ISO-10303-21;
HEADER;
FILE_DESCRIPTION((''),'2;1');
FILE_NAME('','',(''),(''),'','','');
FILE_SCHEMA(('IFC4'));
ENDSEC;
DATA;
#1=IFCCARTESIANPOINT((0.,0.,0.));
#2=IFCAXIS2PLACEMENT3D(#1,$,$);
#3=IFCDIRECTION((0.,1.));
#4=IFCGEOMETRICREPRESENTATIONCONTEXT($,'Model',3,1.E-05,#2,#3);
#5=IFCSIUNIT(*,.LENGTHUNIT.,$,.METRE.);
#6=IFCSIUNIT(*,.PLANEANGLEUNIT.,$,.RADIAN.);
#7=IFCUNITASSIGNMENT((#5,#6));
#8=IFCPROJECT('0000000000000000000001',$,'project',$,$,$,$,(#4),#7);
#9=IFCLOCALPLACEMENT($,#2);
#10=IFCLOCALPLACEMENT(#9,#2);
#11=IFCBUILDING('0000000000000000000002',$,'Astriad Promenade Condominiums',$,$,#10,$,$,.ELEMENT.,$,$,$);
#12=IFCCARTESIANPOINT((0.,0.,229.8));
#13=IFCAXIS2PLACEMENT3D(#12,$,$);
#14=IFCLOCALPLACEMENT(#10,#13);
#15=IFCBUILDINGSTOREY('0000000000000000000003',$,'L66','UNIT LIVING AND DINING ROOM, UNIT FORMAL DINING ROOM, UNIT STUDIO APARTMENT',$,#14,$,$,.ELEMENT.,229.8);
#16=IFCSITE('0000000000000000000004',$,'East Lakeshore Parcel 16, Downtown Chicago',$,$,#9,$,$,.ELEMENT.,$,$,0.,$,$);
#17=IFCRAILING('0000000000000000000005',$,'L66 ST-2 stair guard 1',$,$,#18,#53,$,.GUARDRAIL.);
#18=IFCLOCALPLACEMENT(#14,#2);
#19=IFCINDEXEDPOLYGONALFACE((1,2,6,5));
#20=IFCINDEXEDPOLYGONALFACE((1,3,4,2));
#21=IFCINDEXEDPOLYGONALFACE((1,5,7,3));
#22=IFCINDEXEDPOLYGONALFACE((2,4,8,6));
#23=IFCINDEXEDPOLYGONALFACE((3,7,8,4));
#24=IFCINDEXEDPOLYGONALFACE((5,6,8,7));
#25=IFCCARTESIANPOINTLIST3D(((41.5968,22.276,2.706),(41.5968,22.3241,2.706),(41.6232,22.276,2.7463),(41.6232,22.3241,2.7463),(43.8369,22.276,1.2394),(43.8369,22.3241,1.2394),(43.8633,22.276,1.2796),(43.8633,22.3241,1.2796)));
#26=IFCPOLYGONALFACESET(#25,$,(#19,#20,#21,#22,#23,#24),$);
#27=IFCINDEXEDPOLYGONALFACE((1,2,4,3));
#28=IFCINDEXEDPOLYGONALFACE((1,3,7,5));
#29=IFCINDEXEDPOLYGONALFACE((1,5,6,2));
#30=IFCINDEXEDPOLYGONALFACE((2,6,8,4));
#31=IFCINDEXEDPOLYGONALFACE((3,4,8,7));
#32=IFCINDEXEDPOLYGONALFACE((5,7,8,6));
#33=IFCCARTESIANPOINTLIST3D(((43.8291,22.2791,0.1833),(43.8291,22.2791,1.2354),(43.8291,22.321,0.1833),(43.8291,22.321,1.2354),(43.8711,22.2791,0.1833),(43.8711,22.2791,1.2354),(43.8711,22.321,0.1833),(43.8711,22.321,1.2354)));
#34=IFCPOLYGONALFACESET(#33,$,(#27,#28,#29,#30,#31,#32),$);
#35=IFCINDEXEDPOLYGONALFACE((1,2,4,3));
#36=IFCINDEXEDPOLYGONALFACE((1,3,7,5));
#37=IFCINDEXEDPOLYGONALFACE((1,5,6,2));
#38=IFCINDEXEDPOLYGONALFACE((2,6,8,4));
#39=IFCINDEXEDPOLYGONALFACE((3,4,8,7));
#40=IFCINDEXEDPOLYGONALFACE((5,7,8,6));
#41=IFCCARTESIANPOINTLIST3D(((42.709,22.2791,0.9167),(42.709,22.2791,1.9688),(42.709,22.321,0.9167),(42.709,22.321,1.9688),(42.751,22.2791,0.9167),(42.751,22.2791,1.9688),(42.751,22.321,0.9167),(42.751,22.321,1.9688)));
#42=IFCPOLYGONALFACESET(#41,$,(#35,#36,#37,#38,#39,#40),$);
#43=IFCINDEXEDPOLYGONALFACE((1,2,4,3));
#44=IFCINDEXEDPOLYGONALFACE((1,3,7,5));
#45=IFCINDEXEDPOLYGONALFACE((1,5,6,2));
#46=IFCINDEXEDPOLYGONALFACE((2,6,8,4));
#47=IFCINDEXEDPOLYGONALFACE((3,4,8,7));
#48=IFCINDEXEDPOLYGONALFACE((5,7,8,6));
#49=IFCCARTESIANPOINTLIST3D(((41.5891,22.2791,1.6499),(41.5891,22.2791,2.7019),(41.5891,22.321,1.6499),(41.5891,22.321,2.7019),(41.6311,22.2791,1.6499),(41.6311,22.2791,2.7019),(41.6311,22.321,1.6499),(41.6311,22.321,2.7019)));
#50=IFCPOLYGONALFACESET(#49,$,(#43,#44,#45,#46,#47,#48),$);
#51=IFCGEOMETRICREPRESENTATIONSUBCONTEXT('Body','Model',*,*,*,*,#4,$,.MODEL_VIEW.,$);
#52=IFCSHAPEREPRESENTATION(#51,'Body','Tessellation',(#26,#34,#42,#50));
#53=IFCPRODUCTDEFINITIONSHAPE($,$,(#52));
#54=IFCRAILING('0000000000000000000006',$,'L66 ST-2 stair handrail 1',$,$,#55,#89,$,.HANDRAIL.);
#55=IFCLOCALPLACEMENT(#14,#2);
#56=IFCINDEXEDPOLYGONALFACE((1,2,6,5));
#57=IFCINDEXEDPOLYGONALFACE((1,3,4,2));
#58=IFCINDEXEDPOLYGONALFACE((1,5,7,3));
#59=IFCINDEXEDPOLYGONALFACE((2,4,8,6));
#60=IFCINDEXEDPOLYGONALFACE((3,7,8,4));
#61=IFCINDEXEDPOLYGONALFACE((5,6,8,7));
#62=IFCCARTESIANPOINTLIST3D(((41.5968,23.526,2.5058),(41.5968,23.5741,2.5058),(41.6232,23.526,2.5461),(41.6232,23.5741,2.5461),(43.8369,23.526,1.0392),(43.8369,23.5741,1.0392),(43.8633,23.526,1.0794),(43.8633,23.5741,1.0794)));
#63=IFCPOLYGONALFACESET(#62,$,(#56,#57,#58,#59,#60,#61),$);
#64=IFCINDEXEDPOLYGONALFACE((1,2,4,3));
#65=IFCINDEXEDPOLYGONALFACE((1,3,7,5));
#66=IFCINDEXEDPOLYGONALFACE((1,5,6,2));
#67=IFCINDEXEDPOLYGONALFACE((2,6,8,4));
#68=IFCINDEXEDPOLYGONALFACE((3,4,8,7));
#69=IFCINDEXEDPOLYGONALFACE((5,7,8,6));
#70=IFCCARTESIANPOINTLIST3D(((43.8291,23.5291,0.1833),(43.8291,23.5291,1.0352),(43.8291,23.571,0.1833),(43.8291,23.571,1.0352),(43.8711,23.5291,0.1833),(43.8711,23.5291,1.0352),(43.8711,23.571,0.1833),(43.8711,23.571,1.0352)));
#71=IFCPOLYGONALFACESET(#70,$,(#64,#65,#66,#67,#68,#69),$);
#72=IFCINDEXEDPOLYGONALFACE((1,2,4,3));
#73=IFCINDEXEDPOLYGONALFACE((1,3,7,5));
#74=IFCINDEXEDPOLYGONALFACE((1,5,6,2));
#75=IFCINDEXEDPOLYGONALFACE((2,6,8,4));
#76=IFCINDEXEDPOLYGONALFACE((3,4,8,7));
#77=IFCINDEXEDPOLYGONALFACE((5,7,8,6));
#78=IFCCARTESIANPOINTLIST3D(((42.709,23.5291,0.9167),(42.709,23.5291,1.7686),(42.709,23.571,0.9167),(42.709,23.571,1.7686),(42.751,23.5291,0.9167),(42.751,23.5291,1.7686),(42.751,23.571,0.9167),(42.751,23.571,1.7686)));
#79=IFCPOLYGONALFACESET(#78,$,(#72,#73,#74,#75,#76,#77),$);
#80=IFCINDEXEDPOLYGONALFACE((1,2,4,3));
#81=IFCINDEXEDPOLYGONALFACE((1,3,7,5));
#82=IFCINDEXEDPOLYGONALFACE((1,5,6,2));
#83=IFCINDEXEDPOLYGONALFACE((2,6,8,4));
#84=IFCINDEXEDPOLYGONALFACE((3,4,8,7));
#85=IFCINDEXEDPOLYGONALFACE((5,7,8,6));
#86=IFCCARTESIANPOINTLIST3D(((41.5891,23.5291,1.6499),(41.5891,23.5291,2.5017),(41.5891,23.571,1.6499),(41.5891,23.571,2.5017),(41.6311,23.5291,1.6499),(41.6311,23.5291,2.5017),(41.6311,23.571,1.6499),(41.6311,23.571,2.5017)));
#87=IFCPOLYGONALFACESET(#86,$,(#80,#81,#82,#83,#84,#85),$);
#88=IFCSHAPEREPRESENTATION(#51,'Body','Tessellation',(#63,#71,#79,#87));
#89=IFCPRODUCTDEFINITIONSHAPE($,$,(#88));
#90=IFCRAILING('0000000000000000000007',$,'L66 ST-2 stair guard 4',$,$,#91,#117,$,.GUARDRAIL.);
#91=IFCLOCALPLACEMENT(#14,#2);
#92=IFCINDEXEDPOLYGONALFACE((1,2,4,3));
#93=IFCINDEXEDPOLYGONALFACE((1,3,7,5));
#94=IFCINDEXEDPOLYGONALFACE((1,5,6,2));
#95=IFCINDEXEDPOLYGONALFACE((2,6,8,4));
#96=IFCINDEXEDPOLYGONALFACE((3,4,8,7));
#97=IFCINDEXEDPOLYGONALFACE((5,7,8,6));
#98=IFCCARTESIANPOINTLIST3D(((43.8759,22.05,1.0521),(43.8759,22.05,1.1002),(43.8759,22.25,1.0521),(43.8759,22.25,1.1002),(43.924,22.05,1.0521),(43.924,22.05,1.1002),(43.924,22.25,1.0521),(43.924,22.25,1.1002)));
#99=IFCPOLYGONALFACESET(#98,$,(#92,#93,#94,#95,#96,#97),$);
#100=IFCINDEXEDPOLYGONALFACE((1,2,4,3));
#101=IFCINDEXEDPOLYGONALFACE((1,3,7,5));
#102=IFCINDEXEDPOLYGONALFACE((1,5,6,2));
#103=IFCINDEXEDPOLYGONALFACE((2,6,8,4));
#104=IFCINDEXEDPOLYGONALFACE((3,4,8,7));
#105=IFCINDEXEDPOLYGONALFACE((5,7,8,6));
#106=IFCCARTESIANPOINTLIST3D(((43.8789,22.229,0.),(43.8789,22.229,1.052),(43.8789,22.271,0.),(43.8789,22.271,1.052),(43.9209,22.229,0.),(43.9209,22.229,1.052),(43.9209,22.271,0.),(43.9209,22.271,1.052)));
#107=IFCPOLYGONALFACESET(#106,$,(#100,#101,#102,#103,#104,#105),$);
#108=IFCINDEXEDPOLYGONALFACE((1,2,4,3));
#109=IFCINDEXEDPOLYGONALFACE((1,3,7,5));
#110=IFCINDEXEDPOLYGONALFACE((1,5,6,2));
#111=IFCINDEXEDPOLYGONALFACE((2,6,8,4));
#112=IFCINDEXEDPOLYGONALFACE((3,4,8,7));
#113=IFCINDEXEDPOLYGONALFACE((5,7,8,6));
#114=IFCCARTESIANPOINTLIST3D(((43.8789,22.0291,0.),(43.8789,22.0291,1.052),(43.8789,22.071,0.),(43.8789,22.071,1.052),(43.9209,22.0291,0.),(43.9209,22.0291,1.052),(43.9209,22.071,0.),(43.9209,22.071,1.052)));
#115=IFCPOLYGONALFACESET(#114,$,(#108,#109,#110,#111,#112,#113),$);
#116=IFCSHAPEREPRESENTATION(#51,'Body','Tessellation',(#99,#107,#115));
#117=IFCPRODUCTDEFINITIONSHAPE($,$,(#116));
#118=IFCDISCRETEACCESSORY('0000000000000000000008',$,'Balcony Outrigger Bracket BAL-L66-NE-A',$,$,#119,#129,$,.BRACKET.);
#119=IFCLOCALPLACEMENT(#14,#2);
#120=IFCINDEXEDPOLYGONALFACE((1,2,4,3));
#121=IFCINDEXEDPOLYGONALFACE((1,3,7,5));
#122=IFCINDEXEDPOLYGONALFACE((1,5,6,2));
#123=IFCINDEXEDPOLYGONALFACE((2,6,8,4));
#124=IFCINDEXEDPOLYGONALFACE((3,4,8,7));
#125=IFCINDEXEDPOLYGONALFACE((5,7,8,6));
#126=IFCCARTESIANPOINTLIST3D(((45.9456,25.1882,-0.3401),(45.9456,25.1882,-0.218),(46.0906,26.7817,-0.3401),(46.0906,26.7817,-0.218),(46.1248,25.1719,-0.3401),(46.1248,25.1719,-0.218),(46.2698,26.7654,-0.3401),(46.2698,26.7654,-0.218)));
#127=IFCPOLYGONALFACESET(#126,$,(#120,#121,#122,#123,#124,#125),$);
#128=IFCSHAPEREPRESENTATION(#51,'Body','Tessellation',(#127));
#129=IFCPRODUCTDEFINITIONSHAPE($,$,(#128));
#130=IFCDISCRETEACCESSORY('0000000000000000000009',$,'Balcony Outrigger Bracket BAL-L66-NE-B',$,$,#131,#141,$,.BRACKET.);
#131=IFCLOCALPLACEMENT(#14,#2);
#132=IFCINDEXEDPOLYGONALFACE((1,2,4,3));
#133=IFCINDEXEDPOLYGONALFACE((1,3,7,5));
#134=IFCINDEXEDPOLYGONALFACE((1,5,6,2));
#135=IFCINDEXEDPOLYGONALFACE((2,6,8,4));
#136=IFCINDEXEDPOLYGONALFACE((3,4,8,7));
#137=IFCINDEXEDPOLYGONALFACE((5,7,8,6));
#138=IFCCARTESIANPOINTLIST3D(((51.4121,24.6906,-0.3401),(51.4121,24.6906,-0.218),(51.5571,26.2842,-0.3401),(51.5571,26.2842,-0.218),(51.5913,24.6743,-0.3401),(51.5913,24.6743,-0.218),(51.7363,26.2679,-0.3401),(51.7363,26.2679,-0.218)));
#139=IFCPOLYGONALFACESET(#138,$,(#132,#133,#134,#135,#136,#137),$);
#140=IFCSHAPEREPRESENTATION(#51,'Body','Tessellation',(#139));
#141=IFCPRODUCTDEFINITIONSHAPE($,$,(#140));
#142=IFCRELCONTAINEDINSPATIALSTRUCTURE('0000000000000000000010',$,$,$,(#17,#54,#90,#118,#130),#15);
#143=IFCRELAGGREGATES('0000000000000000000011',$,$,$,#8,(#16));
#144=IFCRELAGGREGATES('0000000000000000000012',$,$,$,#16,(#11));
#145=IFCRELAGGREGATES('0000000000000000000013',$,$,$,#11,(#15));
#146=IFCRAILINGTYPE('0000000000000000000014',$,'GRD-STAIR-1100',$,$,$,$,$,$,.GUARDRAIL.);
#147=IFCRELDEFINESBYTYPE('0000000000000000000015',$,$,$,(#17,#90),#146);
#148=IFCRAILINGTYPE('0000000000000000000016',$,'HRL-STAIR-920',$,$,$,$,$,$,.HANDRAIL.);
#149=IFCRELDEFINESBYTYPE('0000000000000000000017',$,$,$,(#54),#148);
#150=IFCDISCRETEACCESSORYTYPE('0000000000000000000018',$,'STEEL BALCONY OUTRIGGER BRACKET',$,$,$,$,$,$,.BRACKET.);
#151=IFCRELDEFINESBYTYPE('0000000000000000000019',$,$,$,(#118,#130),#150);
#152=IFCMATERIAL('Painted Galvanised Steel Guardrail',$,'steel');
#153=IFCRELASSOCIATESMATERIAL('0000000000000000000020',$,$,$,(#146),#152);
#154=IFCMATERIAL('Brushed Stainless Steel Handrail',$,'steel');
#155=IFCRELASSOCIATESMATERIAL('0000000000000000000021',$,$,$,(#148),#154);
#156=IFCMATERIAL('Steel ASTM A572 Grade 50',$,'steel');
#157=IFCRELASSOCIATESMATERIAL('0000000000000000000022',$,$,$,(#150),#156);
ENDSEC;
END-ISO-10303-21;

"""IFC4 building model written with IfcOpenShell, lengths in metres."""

from ifc_helpers import new_model, si_unit, direction, frame, origin, origin_2d, place, context, subcontext, project, spatial, rectangle, extrude, source, transform, mapped, material, type_object, type_shapes, element, save


model = new_model("IFC4")

# Units and contexts
model_context = context("Model", 3, precision=1e-05, world=origin(), true_north=direction((0.0, 1.0)))
body_context = subcontext(model_context, "Body", "Model", "MODEL_VIEW")
ifc_project = project(units=[si_unit("LENGTHUNIT", "METRE"), si_unit("PLANEANGLEUNIT", "RADIAN")], contexts=[model_context])

# Site, building, storey
site_placement = place(None, origin())
site = spatial("IfcSite", under=ifc_project, at=site_placement, Name="East Lakeshore Parcel 16, Downtown Chicago", CompositionType="ELEMENT", RefElevation=0.0)
building_placement = place(site_placement, origin())
building = spatial("IfcBuilding", under=site, at=building_placement, Name="Astriad Promenade Condominiums", CompositionType="ELEMENT")
storey_placement = place(building_placement, frame((0.0, 0.0, 229.8)))
storey = spatial("IfcBuildingStorey", under=building, at=storey_placement, Name="L66", Description="UNIT LIVING AND DINING ROOM, UNIT FORMAL DINING ROOM, UNIT STUDIO APARTMENT", CompositionType="ELEMENT", Elevation=229.8)

# Railings
ifc_material_1 = material(Name="Painted Galvanised Steel Guardrail", Category="steel")
railing_type_1 = type_object("IfcRailingType", Name="GRD-STAIR-1100", PredefinedType="GUARDRAIL", material=ifc_material_1)
shared_shape_1 = source(origin(), body_context, "Body", "SweptSolid", [
    extrude(rectangle(XDim=0.0481, YDim=0.0481, at=origin_2d()), frame((0.0, 0.0, 1.0762), z_axis=(-0.836637, 0.0, 0.547758), x_axis=(0.0, -1.0, 0.0)), (0.0, 0.0, 1.0), 2.6775),
    extrude(rectangle(XDim=0.042, YDim=0.042, at=origin_2d()), origin(), (0.0, 0.0, 1.0), 1.052),
    extrude(rectangle(XDim=0.042, YDim=0.042, at=origin_2d()), frame((-1.1201, 0.0, 0.7334)), (0.0, 0.0, 1.0), 1.052),
    extrude(rectangle(XDim=0.042, YDim=0.042, at=origin_2d()), frame((-2.24, 0.0, 1.4666)), (0.0, 0.0, 1.0), 1.052),
])
railing_1_placement = place(storey_placement, frame((43.8501, 22.3, 0.1833)))
element("IfcRailing", 1, at=railing_1_placement, inside=storey, type_object=railing_type_1, Name="L66 ST-2 stair guard 1", PredefinedType="GUARDRAIL", context=body_context, shape_type="MappedRepresentation", body=[
    mapped(shared_shape_1, transform((0.0, 0.0, 0.0), scale=1.0)),
])
ifc_material_2 = material(Name="Brushed Stainless Steel Handrail", Category="steel")
railing_type_2 = type_object("IfcRailingType", Name="HRL-STAIR-920", PredefinedType="HANDRAIL", material=ifc_material_2)
shared_shape_2 = source(origin(), body_context, "Body", "SweptSolid", [
    extrude(rectangle(XDim=0.0481, YDim=0.0481, at=origin_2d()), frame((0.0, 0.0, 0.876), z_axis=(-0.836637, 0.0, 0.547758), x_axis=(0.0, -1.0, 0.0)), (0.0, 0.0, 1.0), 2.6775),
    extrude(rectangle(XDim=0.042, YDim=0.042, at=origin_2d()), origin(), (0.0, 0.0, 1.0), 0.8518),
    extrude(rectangle(XDim=0.042, YDim=0.042, at=origin_2d()), frame((-1.1201, 0.0, 0.7334)), (0.0, 0.0, 1.0), 0.8518),
    extrude(rectangle(XDim=0.042, YDim=0.042, at=origin_2d()), frame((-2.24, 0.0, 1.4666)), (0.0, 0.0, 1.0), 0.8518),
])
type_shapes(railing_type_2, [shared_shape_2])
railing_2_placement = place(storey_placement, frame((43.8501, 23.55, 0.1833)))
element("IfcRailing", 2, at=railing_2_placement, inside=storey, type_object=railing_type_2, Name="L66 ST-2 stair handrail 1", PredefinedType="HANDRAIL", context=body_context, shape_type="MappedRepresentation", body=[
    mapped(shared_shape_2, transform((0.0, 0.0, 0.0), scale=1.0)),
])
shared_shape_3 = source(origin(), body_context, "Body", "SweptSolid", [
    extrude(rectangle(XDim=0.0481, YDim=0.0481, at=origin_2d()), frame((0.0, 0.0, 1.0762), z_axis=(0.0, -1.0, 0.0), x_axis=(1.0, 0.0, 0.0)), (0.0, 0.0, 1.0), 0.2),
    extrude(rectangle(XDim=0.042, YDim=0.042, at=origin_2d()), origin(), (0.0, 0.0, 1.0), 1.052),
    extrude(rectangle(XDim=0.042, YDim=0.042, at=origin_2d()), frame((0.0, -0.2, 0.0)), (0.0, 0.0, 1.0), 1.052),
])
type_shapes(railing_type_1, [shared_shape_1, shared_shape_3])
railing_3_placement = place(storey_placement, frame((43.8999, 22.25, 0.0)))
element("IfcRailing", 3, at=railing_3_placement, inside=storey, type_object=railing_type_1, Name="L66 ST-2 stair guard 4", PredefinedType="GUARDRAIL", context=body_context, shape_type="MappedRepresentation", body=[
    mapped(shared_shape_3, transform((0.0, 0.0, 0.0), scale=1.0)),
])

# Discrete accessories
ifc_material_3 = material(Name="Steel ASTM A572 Grade 50", Category="steel")
discrete_accessory_type = type_object("IfcDiscreteAccessoryType", Name="STEEL BALCONY OUTRIGGER BRACKET", PredefinedType="BRACKET", material=ifc_material_3)
shared_shape_4 = source(origin(), body_context, "Body", "SweptSolid", [
    extrude(rectangle(XDim=1.6001, YDim=0.1799, at=origin_2d()), origin(), (0.0, 0.0, 1.0), 0.1221),
])
type_shapes(discrete_accessory_type, [shared_shape_4])
for number, where, z_axis, x_axis, name in (
    (4, (46.1077, 25.9768, -0.3401), (0.0, 0.0, 1.0), (0.090633, 0.995884, 0.0), "Balcony Outrigger Bracket BAL-L66-NE-A"),
    (5, (51.5742, 25.4792, -0.3401), (0.0, 0.0, 1.0), (0.090633, 0.995884, 0.0), "Balcony Outrigger Bracket BAL-L66-NE-B"),
):
    element("IfcDiscreteAccessory", number, at=place(storey_placement, frame(where, z_axis=z_axis, x_axis=x_axis)), inside=storey, type_object=discrete_accessory_type, Name=name, PredefinedType="BRACKET", context=body_context, shape_type="MappedRepresentation", body=[
        mapped(shared_shape_4, transform((0.0, 0.0, 0.0), scale=1.0)),
    ])

save(model, "model.ifc")
